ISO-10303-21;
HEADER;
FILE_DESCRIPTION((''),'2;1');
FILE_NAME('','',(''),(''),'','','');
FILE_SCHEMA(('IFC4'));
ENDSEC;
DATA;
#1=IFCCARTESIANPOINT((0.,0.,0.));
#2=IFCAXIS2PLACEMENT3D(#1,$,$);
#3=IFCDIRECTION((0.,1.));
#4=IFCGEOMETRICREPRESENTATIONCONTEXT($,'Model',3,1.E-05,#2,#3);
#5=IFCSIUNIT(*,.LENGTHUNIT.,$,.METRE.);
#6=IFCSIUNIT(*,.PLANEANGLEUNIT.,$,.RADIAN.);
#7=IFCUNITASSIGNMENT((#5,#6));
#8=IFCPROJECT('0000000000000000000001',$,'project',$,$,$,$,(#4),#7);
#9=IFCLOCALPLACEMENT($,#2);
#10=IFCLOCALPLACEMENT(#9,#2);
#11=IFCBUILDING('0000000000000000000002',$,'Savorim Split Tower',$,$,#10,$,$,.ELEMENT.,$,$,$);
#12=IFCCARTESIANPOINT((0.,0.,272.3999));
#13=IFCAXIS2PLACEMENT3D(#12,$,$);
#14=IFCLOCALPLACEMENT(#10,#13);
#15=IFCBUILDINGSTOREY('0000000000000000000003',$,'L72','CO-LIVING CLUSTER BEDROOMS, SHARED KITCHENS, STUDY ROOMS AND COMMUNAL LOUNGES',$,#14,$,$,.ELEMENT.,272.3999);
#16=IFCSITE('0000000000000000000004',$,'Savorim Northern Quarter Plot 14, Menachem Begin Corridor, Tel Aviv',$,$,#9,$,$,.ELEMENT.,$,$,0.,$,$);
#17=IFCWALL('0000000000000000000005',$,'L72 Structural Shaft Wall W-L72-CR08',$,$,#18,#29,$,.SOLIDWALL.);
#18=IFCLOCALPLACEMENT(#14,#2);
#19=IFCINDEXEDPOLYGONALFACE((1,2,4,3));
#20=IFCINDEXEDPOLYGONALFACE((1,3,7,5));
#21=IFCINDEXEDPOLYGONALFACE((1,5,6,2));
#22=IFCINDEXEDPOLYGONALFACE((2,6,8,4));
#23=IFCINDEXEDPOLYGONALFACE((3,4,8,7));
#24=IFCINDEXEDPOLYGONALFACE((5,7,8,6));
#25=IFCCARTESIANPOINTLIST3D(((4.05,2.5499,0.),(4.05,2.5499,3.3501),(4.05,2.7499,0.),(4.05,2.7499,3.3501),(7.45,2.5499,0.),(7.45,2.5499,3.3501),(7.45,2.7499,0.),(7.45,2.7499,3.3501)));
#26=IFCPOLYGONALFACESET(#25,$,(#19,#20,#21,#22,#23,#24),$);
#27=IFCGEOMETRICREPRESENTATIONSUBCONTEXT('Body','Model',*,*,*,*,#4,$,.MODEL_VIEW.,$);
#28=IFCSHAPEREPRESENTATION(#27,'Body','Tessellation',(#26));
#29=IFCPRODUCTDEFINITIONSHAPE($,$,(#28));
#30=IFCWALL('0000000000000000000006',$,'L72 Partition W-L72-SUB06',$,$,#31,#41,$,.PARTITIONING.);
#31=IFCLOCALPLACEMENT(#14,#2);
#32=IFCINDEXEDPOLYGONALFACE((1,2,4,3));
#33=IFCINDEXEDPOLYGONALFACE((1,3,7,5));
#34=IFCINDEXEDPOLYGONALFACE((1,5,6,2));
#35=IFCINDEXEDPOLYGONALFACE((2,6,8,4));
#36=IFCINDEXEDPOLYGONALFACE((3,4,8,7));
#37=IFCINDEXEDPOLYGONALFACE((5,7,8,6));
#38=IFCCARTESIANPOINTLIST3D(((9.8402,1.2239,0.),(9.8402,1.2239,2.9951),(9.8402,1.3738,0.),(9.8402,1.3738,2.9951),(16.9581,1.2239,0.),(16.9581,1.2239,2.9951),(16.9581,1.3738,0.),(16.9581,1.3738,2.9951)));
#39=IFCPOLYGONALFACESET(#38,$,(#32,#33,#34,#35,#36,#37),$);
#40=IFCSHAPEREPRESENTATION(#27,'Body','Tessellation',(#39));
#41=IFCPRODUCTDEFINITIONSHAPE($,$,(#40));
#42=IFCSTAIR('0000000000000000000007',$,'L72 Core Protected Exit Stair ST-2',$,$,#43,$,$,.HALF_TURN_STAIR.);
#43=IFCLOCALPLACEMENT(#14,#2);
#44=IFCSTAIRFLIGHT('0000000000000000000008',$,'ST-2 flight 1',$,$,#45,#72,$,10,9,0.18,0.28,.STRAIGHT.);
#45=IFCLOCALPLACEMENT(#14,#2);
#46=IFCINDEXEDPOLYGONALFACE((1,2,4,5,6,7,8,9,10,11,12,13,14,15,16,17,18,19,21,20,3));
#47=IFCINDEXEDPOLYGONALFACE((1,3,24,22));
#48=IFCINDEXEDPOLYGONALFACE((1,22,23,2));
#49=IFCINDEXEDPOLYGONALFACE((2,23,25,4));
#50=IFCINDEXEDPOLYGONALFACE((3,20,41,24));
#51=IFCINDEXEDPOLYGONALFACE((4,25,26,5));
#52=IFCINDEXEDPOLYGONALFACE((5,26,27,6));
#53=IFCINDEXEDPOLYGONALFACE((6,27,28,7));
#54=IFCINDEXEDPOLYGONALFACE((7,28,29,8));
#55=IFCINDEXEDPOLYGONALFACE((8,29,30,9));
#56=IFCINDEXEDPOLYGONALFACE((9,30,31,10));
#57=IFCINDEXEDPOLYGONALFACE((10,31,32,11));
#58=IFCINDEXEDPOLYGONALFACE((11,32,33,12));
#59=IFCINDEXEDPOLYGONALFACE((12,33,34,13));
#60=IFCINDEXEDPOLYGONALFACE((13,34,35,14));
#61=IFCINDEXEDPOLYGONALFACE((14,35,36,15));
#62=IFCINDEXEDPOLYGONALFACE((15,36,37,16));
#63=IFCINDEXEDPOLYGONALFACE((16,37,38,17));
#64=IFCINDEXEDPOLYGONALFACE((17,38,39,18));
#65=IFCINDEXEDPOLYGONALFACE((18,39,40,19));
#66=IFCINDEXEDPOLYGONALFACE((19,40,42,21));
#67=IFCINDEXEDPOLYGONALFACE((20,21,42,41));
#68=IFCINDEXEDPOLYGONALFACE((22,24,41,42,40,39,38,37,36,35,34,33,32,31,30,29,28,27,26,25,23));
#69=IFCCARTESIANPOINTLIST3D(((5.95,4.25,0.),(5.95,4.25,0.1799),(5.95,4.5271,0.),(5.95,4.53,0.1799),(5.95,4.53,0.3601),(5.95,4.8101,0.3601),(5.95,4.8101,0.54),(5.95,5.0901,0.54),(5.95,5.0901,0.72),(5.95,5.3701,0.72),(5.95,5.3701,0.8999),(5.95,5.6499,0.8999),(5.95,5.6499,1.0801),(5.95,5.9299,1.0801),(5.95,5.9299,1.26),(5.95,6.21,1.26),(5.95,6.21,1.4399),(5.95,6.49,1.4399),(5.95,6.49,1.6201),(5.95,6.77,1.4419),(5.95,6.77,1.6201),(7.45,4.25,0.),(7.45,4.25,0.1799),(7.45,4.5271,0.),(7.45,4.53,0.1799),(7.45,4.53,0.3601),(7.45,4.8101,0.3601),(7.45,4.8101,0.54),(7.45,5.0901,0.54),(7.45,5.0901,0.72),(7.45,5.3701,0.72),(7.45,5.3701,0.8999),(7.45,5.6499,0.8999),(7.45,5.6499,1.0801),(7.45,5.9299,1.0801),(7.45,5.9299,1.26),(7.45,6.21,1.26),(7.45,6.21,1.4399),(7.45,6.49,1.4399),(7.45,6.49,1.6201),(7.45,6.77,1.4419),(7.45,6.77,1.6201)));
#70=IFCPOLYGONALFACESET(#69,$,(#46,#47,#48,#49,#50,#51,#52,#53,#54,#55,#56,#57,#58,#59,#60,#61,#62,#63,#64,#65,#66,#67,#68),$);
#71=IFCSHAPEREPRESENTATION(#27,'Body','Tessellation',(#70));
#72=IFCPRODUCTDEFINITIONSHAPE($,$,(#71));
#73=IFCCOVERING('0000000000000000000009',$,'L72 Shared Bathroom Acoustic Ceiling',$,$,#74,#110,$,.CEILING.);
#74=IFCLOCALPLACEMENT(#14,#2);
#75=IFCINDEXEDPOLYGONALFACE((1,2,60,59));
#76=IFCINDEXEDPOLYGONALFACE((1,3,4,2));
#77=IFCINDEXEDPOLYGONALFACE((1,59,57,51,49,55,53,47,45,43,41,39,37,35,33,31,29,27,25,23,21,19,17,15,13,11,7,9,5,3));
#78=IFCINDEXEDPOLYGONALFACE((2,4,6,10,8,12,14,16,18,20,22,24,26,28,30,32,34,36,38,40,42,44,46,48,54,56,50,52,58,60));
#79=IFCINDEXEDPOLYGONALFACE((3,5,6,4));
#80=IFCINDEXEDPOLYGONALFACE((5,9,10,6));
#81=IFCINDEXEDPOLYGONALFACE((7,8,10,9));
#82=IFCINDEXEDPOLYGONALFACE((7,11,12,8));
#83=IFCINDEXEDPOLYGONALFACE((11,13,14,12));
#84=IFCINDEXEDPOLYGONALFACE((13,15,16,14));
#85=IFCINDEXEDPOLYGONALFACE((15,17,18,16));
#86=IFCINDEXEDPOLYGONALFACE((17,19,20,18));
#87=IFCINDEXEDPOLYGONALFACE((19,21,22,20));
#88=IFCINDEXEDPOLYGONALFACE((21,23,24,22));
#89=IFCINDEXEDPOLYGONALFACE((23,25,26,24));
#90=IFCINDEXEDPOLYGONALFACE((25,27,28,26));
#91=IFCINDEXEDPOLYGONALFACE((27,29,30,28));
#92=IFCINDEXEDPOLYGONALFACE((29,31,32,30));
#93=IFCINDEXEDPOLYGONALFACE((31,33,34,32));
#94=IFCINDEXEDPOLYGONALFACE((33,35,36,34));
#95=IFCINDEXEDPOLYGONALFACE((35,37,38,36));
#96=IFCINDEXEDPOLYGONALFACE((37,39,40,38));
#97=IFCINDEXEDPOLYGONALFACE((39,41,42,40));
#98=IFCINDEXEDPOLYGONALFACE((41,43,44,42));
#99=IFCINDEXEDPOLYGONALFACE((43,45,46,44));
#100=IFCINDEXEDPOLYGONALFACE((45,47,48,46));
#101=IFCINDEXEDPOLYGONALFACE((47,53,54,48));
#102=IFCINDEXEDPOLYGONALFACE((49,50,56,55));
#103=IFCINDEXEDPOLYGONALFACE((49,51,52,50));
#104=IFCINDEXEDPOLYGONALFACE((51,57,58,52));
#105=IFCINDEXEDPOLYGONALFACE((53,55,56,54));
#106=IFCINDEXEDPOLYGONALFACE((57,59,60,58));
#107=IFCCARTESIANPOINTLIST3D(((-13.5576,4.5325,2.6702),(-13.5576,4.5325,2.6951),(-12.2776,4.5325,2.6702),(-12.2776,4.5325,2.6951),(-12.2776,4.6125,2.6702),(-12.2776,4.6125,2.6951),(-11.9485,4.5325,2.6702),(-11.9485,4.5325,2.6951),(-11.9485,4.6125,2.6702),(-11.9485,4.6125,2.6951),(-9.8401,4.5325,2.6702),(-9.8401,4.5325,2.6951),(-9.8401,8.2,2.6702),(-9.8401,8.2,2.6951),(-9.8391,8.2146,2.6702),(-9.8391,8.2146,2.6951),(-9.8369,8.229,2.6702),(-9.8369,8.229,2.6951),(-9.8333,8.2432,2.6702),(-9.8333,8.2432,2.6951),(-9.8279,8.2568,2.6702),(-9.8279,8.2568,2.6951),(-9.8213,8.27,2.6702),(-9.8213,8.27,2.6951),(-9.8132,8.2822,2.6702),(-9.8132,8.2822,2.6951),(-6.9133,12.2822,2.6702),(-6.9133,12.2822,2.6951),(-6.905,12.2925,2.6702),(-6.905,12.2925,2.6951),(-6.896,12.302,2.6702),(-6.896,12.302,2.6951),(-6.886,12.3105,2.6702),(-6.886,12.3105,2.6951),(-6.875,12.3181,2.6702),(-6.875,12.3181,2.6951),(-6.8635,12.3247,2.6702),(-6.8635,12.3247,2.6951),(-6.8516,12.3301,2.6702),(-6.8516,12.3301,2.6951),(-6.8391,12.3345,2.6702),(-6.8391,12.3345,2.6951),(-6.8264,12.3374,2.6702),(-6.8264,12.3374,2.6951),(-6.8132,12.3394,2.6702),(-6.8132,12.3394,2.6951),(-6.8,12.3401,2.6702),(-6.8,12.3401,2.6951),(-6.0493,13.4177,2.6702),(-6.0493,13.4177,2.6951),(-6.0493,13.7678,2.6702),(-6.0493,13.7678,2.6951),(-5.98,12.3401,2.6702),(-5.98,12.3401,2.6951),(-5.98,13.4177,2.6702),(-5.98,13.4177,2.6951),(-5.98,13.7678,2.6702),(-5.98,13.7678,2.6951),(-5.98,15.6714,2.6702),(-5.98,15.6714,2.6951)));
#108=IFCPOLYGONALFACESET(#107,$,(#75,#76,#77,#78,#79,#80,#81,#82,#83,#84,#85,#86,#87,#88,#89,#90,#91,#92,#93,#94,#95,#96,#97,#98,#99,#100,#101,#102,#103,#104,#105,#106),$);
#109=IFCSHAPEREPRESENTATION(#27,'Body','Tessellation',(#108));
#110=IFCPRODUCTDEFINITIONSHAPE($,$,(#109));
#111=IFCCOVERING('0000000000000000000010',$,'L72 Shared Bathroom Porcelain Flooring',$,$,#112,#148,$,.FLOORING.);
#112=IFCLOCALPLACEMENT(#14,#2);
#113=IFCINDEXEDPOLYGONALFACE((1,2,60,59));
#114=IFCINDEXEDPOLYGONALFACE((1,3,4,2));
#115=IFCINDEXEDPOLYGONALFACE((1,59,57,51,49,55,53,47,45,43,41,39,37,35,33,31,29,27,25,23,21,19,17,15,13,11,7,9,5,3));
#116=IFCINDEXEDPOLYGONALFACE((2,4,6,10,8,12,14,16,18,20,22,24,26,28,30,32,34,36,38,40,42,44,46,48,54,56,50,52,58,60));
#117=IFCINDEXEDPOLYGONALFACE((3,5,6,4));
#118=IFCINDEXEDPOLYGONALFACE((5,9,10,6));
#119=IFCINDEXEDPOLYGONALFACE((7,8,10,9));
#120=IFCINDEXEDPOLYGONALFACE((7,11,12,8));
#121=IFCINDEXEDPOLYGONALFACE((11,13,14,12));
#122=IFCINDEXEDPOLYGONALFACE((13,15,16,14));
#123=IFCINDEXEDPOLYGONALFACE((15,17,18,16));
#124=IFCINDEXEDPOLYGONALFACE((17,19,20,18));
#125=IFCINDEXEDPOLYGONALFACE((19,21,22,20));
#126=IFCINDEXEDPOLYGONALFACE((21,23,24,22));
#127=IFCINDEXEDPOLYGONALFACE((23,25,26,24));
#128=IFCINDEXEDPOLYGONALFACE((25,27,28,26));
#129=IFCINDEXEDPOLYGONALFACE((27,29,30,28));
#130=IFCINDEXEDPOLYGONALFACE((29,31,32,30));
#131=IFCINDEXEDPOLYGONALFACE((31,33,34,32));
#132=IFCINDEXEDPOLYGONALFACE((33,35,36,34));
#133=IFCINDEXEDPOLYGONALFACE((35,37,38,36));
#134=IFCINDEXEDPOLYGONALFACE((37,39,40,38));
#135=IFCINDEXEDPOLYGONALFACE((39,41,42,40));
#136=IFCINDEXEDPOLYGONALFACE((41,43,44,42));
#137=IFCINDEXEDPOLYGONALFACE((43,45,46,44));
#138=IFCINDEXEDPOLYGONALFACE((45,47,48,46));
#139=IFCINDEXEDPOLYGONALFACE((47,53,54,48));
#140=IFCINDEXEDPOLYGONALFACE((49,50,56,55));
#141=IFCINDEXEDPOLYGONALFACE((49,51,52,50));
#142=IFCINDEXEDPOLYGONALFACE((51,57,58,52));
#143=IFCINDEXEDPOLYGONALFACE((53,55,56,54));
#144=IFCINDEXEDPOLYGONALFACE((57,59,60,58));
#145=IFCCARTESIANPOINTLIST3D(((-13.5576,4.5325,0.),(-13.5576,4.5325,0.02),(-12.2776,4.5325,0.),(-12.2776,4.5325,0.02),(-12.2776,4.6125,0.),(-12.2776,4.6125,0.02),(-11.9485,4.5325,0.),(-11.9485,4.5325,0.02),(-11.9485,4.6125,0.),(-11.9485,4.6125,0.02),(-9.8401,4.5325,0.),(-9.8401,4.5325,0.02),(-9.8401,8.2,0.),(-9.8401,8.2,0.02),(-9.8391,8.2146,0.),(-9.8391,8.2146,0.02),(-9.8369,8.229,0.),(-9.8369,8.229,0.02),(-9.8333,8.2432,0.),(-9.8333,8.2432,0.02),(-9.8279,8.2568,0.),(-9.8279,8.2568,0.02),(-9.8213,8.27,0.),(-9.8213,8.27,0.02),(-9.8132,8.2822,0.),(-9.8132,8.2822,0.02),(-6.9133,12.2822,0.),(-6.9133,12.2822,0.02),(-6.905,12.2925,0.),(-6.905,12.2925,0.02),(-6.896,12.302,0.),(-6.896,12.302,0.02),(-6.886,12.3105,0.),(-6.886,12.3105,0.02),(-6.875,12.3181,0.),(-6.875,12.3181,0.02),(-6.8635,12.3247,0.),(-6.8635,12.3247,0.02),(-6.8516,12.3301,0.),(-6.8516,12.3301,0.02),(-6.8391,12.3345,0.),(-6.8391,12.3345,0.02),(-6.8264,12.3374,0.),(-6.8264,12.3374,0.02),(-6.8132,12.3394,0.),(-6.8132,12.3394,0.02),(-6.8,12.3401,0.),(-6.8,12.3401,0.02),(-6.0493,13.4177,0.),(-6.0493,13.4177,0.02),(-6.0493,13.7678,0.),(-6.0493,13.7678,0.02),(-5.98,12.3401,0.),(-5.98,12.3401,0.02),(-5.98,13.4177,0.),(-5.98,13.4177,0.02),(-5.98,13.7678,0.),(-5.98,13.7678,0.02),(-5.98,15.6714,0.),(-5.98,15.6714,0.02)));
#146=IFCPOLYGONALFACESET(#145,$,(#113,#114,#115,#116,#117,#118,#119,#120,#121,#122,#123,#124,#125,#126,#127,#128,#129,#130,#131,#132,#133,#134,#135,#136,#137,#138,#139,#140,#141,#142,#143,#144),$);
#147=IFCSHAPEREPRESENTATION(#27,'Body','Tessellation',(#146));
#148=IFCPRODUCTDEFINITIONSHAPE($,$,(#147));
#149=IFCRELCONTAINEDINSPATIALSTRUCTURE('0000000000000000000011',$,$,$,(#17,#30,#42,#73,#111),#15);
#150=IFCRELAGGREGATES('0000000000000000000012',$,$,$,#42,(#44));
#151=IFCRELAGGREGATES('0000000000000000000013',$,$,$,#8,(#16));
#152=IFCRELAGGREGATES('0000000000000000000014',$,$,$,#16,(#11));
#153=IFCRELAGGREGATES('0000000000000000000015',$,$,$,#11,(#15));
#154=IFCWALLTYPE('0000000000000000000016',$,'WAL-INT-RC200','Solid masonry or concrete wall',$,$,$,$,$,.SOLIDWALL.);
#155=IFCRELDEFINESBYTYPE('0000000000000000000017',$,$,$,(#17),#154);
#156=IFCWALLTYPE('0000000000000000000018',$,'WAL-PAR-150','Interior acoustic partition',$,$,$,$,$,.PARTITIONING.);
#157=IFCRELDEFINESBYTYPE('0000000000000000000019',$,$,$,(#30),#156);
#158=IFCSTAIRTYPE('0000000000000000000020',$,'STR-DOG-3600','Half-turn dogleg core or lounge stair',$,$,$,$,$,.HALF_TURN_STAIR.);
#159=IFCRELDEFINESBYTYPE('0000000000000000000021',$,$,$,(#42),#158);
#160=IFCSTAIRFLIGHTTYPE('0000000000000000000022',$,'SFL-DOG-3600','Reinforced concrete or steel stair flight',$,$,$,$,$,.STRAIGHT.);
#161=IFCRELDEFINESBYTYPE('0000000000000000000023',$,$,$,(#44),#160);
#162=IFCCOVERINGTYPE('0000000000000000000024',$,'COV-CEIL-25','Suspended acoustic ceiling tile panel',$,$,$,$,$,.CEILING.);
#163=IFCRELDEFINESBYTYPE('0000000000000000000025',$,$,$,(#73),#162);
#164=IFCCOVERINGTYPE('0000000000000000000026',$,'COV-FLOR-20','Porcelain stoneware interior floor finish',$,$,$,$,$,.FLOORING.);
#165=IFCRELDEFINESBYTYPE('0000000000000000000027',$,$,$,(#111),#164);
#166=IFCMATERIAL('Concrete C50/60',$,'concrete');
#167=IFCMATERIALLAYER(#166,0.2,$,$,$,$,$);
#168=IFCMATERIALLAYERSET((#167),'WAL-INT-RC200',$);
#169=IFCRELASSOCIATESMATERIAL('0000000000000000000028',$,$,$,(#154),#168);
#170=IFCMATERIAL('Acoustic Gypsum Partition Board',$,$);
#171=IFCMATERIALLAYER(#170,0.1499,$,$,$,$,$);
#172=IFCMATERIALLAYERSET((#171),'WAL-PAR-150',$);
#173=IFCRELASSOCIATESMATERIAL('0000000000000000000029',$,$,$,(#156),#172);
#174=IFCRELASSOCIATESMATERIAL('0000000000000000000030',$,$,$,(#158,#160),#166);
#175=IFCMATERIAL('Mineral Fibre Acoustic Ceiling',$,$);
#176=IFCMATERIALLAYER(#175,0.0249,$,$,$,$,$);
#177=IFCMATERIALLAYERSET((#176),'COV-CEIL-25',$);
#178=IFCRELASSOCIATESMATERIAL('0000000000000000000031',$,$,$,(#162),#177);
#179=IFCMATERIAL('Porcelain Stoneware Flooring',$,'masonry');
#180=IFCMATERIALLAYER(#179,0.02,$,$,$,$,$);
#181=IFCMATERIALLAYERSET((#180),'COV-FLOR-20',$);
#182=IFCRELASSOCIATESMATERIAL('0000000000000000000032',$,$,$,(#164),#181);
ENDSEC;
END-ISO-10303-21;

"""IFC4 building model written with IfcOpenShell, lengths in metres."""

from ifc_helpers import new_model, si_unit, direction, frame, frame_2d, origin, place, context, subcontext, project, spatial, polyline, rectangle, outline, extrude, material, layer, layer_set, type_object, element, aggregate, save


model = new_model("IFC4")

# Units and contexts
model_context = context("Model", 3, precision=1e-05, world=origin(), true_north=direction((0.0, 1.0)))
body_context = subcontext(model_context, "Body", "Model", "MODEL_VIEW")
ifc_project = project(units=[si_unit("LENGTHUNIT", "METRE"), si_unit("PLANEANGLEUNIT", "RADIAN")], contexts=[model_context])

# Site, building, storey
site_placement = place(None, origin())
site = spatial("IfcSite", under=ifc_project, at=site_placement, Name="Savorim Northern Quarter Plot 14, Menachem Begin Corridor, Tel Aviv", CompositionType="ELEMENT", RefElevation=0.0)
building_placement = place(site_placement, origin())
building = spatial("IfcBuilding", under=site, at=building_placement, Name="Savorim Split Tower", CompositionType="ELEMENT")
storey_placement = place(building_placement, frame((0.0, 0.0, 272.3999)))
storey = spatial("IfcBuildingStorey", under=building, at=storey_placement, Name="L72", Description="CO-LIVING CLUSTER BEDROOMS, SHARED KITCHENS, STUDY ROOMS AND COMMUNAL LOUNGES", CompositionType="ELEMENT", Elevation=272.3999)

# Shared definitions
ifc_material_1 = material(Name="Concrete C50/60", Category="concrete")
ifc_layer_1 = layer(ifc_material_1, 0.2)
ifc_layer_set_1 = layer_set([ifc_layer_1], Name="WAL-INT-RC200")
wall_type_1 = type_object("IfcWallType", Name="WAL-INT-RC200", Description="Solid masonry or concrete wall", PredefinedType="SOLIDWALL", material=ifc_layer_set_1)

# Wall
wall_1_placement = place(storey_placement, frame((4.05, 2.6499, 0.0), z_axis=(0.0, 0.0, 1.0), x_axis=(1.0, 0.0, 0.0)))
element("IfcWall", 1, at=wall_1_placement, inside=storey, type_object=wall_type_1, Name="L72 Structural Shaft Wall W-L72-CR08", PredefinedType="SOLIDWALL", context=body_context, shape_type="SweptSolid", body=[
    extrude(rectangle(XDim=3.3999, YDim=0.2, at=frame_2d((1.7, 0.0))), origin(), (0.0, 0.0, 1.0), 3.3501),
])

# Wall
ifc_material_2 = material(Name="Acoustic Gypsum Partition Board")
ifc_layer_2 = layer(ifc_material_2, 0.1499)
ifc_layer_set_2 = layer_set([ifc_layer_2], Name="WAL-PAR-150")
wall_type_2 = type_object("IfcWallType", Name="WAL-PAR-150", Description="Interior acoustic partition", PredefinedType="PARTITIONING", material=ifc_layer_set_2)
wall_2_placement = place(storey_placement, frame((9.8401, 1.2988, 0.0), z_axis=(0.0, 0.0, 1.0), x_axis=(1.0, 0.0, 0.0)))
element("IfcWall", 2, at=wall_2_placement, inside=storey, type_object=wall_type_2, Name="L72 Partition W-L72-SUB06", PredefinedType="PARTITIONING", context=body_context, shape_type="SweptSolid", body=[
    extrude(rectangle(XDim=7.1179, YDim=0.1499, at=frame_2d((3.5591, 0.0))), origin(), (0.0, 0.0, 1.0), 2.9951),
])

# Stair, stair flight
stair_type = type_object("IfcStairType", Name="STR-DOG-3600", Description="Half-turn dogleg core or lounge stair", PredefinedType="HALF_TURN_STAIR", material=ifc_material_1)
stair_placement = place(storey_placement, origin())
stair = element("IfcStair", 3, at=stair_placement, inside=storey, type_object=stair_type, Name="L72 Core Protected Exit Stair ST-2", PredefinedType="HALF_TURN_STAIR")
stair_flight_type = type_object("IfcStairFlightType", Name="SFL-DOG-3600", Description="Reinforced concrete or steel stair flight", PredefinedType="STRAIGHT", material=ifc_material_1)
stair_flight_placement = place(storey_placement, frame((6.7, 4.25, 0.0), z_axis=(0.0, 0.0, 1.0), x_axis=(0.0, 1.0, 0.0)))
stair_flight = element("IfcStairFlight", 4, at=stair_flight_placement, type_object=stair_flight_type, Name="ST-2 flight 1", NumberOfRisers=10, NumberOfTreads=9, PredefinedType="STRAIGHT", RiserHeight=0.18, TreadLength=0.28, context=body_context, shape_type="SweptSolid", body=[
    extrude(outline(polyline([(0.0, 0.0), (0.0, 0.1799), (0.28, 0.1799), (0.28, 0.3601), (0.5601, 0.3601), (0.5601, 0.54), (0.8401, 0.54), (0.8401, 0.72), (1.1201, 0.72), (1.1201, 0.8999), (1.3999, 0.8999), (1.3999, 1.0801), (1.6799, 1.0801), (1.6799, 1.26), (1.96, 1.26), (1.96, 1.4399), (2.24, 1.4399), (2.24, 1.6201), (2.52, 1.6201), (2.52, 1.8), (2.52, 1.4419), (0.2771, 0.0), (0.0, 0.0)])), frame((0.0, 0.75, 0.0), z_axis=(0.0, -1.0, 0.0), x_axis=(1.0, 0.0, 0.0)), (0.0, 0.0, 1.0), 1.5),
])
aggregate(stair, [stair_flight])

# Coverings
ifc_material_3 = material(Name="Mineral Fibre Acoustic Ceiling")
ifc_layer_3 = layer(ifc_material_3, 0.0249)
ifc_layer_set_3 = layer_set([ifc_layer_3], Name="COV-CEIL-25")
covering_type_1 = type_object("IfcCoveringType", Name="COV-CEIL-25", Description="Suspended acoustic ceiling tile panel", PredefinedType="CEILING", material=ifc_layer_set_3)
covering_1_placement = place(storey_placement, frame((0.0, 0.0, 2.6702)))
element("IfcCovering", 5, at=covering_1_placement, inside=storey, type_object=covering_type_1, Name="L72 Shared Bathroom Acoustic Ceiling", PredefinedType="CEILING", context=body_context, shape_type="SweptSolid", body=[
    extrude(outline(polyline([(-6.8132, 12.3394), (-6.8, 12.3401), (-5.98, 12.3401), (-5.98, 13.4177), (-6.0493, 13.4177), (-6.0493, 13.7678), (-5.98, 13.7678), (-5.98, 15.6714), (-13.5576, 4.5325), (-12.2776, 4.5325), (-12.2776, 4.6125), (-11.9485, 4.6125), (-11.9485, 4.5325), (-9.8401, 4.5325), (-9.8401, 8.2), (-9.8391, 8.2146), (-9.8369, 8.229), (-9.8333, 8.2432), (-9.8279, 8.2568), (-9.8213, 8.27), (-9.8132, 8.2822), (-6.9133, 12.2822), (-6.905, 12.2925), (-6.896, 12.302), (-6.886, 12.3105), (-6.875, 12.3181), (-6.8635, 12.3247), (-6.8516, 12.3301), (-6.8391, 12.3345), (-6.8264, 12.3374), (-6.8132, 12.3394)])), origin(), (0.0, 0.0, 1.0), 0.0249),
])
ifc_material_4 = material(Name="Porcelain Stoneware Flooring", Category="masonry")
ifc_layer_4 = layer(ifc_material_4, 0.02)
ifc_layer_set_4 = layer_set([ifc_layer_4], Name="COV-FLOR-20")
covering_type_2 = type_object("IfcCoveringType", Name="COV-FLOR-20", Description="Porcelain stoneware interior floor finish", PredefinedType="FLOORING", material=ifc_layer_set_4)
covering_2_placement = place(storey_placement, origin())
element("IfcCovering", 6, at=covering_2_placement, inside=storey, type_object=covering_type_2, Name="L72 Shared Bathroom Porcelain Flooring", PredefinedType="FLOORING", context=body_context, shape_type="SweptSolid", body=[
    extrude(outline(polyline([(-6.8132, 12.3394), (-6.8, 12.3401), (-5.98, 12.3401), (-5.98, 13.4177), (-6.0493, 13.4177), (-6.0493, 13.7678), (-5.98, 13.7678), (-5.98, 15.6714), (-13.5576, 4.5325), (-12.2776, 4.5325), (-12.2776, 4.6125), (-11.9485, 4.6125), (-11.9485, 4.5325), (-9.8401, 4.5325), (-9.8401, 8.2), (-9.8391, 8.2146), (-9.8369, 8.229), (-9.8333, 8.2432), (-9.8279, 8.2568), (-9.8213, 8.27), (-9.8132, 8.2822), (-6.9133, 12.2822), (-6.905, 12.2925), (-6.896, 12.302), (-6.886, 12.3105), (-6.875, 12.3181), (-6.8635, 12.3247), (-6.8516, 12.3301), (-6.8391, 12.3345), (-6.8264, 12.3374), (-6.8132, 12.3394)])), origin(), (0.0, 0.0, 1.0), 0.02),
])

save(model, "model.ifc")
